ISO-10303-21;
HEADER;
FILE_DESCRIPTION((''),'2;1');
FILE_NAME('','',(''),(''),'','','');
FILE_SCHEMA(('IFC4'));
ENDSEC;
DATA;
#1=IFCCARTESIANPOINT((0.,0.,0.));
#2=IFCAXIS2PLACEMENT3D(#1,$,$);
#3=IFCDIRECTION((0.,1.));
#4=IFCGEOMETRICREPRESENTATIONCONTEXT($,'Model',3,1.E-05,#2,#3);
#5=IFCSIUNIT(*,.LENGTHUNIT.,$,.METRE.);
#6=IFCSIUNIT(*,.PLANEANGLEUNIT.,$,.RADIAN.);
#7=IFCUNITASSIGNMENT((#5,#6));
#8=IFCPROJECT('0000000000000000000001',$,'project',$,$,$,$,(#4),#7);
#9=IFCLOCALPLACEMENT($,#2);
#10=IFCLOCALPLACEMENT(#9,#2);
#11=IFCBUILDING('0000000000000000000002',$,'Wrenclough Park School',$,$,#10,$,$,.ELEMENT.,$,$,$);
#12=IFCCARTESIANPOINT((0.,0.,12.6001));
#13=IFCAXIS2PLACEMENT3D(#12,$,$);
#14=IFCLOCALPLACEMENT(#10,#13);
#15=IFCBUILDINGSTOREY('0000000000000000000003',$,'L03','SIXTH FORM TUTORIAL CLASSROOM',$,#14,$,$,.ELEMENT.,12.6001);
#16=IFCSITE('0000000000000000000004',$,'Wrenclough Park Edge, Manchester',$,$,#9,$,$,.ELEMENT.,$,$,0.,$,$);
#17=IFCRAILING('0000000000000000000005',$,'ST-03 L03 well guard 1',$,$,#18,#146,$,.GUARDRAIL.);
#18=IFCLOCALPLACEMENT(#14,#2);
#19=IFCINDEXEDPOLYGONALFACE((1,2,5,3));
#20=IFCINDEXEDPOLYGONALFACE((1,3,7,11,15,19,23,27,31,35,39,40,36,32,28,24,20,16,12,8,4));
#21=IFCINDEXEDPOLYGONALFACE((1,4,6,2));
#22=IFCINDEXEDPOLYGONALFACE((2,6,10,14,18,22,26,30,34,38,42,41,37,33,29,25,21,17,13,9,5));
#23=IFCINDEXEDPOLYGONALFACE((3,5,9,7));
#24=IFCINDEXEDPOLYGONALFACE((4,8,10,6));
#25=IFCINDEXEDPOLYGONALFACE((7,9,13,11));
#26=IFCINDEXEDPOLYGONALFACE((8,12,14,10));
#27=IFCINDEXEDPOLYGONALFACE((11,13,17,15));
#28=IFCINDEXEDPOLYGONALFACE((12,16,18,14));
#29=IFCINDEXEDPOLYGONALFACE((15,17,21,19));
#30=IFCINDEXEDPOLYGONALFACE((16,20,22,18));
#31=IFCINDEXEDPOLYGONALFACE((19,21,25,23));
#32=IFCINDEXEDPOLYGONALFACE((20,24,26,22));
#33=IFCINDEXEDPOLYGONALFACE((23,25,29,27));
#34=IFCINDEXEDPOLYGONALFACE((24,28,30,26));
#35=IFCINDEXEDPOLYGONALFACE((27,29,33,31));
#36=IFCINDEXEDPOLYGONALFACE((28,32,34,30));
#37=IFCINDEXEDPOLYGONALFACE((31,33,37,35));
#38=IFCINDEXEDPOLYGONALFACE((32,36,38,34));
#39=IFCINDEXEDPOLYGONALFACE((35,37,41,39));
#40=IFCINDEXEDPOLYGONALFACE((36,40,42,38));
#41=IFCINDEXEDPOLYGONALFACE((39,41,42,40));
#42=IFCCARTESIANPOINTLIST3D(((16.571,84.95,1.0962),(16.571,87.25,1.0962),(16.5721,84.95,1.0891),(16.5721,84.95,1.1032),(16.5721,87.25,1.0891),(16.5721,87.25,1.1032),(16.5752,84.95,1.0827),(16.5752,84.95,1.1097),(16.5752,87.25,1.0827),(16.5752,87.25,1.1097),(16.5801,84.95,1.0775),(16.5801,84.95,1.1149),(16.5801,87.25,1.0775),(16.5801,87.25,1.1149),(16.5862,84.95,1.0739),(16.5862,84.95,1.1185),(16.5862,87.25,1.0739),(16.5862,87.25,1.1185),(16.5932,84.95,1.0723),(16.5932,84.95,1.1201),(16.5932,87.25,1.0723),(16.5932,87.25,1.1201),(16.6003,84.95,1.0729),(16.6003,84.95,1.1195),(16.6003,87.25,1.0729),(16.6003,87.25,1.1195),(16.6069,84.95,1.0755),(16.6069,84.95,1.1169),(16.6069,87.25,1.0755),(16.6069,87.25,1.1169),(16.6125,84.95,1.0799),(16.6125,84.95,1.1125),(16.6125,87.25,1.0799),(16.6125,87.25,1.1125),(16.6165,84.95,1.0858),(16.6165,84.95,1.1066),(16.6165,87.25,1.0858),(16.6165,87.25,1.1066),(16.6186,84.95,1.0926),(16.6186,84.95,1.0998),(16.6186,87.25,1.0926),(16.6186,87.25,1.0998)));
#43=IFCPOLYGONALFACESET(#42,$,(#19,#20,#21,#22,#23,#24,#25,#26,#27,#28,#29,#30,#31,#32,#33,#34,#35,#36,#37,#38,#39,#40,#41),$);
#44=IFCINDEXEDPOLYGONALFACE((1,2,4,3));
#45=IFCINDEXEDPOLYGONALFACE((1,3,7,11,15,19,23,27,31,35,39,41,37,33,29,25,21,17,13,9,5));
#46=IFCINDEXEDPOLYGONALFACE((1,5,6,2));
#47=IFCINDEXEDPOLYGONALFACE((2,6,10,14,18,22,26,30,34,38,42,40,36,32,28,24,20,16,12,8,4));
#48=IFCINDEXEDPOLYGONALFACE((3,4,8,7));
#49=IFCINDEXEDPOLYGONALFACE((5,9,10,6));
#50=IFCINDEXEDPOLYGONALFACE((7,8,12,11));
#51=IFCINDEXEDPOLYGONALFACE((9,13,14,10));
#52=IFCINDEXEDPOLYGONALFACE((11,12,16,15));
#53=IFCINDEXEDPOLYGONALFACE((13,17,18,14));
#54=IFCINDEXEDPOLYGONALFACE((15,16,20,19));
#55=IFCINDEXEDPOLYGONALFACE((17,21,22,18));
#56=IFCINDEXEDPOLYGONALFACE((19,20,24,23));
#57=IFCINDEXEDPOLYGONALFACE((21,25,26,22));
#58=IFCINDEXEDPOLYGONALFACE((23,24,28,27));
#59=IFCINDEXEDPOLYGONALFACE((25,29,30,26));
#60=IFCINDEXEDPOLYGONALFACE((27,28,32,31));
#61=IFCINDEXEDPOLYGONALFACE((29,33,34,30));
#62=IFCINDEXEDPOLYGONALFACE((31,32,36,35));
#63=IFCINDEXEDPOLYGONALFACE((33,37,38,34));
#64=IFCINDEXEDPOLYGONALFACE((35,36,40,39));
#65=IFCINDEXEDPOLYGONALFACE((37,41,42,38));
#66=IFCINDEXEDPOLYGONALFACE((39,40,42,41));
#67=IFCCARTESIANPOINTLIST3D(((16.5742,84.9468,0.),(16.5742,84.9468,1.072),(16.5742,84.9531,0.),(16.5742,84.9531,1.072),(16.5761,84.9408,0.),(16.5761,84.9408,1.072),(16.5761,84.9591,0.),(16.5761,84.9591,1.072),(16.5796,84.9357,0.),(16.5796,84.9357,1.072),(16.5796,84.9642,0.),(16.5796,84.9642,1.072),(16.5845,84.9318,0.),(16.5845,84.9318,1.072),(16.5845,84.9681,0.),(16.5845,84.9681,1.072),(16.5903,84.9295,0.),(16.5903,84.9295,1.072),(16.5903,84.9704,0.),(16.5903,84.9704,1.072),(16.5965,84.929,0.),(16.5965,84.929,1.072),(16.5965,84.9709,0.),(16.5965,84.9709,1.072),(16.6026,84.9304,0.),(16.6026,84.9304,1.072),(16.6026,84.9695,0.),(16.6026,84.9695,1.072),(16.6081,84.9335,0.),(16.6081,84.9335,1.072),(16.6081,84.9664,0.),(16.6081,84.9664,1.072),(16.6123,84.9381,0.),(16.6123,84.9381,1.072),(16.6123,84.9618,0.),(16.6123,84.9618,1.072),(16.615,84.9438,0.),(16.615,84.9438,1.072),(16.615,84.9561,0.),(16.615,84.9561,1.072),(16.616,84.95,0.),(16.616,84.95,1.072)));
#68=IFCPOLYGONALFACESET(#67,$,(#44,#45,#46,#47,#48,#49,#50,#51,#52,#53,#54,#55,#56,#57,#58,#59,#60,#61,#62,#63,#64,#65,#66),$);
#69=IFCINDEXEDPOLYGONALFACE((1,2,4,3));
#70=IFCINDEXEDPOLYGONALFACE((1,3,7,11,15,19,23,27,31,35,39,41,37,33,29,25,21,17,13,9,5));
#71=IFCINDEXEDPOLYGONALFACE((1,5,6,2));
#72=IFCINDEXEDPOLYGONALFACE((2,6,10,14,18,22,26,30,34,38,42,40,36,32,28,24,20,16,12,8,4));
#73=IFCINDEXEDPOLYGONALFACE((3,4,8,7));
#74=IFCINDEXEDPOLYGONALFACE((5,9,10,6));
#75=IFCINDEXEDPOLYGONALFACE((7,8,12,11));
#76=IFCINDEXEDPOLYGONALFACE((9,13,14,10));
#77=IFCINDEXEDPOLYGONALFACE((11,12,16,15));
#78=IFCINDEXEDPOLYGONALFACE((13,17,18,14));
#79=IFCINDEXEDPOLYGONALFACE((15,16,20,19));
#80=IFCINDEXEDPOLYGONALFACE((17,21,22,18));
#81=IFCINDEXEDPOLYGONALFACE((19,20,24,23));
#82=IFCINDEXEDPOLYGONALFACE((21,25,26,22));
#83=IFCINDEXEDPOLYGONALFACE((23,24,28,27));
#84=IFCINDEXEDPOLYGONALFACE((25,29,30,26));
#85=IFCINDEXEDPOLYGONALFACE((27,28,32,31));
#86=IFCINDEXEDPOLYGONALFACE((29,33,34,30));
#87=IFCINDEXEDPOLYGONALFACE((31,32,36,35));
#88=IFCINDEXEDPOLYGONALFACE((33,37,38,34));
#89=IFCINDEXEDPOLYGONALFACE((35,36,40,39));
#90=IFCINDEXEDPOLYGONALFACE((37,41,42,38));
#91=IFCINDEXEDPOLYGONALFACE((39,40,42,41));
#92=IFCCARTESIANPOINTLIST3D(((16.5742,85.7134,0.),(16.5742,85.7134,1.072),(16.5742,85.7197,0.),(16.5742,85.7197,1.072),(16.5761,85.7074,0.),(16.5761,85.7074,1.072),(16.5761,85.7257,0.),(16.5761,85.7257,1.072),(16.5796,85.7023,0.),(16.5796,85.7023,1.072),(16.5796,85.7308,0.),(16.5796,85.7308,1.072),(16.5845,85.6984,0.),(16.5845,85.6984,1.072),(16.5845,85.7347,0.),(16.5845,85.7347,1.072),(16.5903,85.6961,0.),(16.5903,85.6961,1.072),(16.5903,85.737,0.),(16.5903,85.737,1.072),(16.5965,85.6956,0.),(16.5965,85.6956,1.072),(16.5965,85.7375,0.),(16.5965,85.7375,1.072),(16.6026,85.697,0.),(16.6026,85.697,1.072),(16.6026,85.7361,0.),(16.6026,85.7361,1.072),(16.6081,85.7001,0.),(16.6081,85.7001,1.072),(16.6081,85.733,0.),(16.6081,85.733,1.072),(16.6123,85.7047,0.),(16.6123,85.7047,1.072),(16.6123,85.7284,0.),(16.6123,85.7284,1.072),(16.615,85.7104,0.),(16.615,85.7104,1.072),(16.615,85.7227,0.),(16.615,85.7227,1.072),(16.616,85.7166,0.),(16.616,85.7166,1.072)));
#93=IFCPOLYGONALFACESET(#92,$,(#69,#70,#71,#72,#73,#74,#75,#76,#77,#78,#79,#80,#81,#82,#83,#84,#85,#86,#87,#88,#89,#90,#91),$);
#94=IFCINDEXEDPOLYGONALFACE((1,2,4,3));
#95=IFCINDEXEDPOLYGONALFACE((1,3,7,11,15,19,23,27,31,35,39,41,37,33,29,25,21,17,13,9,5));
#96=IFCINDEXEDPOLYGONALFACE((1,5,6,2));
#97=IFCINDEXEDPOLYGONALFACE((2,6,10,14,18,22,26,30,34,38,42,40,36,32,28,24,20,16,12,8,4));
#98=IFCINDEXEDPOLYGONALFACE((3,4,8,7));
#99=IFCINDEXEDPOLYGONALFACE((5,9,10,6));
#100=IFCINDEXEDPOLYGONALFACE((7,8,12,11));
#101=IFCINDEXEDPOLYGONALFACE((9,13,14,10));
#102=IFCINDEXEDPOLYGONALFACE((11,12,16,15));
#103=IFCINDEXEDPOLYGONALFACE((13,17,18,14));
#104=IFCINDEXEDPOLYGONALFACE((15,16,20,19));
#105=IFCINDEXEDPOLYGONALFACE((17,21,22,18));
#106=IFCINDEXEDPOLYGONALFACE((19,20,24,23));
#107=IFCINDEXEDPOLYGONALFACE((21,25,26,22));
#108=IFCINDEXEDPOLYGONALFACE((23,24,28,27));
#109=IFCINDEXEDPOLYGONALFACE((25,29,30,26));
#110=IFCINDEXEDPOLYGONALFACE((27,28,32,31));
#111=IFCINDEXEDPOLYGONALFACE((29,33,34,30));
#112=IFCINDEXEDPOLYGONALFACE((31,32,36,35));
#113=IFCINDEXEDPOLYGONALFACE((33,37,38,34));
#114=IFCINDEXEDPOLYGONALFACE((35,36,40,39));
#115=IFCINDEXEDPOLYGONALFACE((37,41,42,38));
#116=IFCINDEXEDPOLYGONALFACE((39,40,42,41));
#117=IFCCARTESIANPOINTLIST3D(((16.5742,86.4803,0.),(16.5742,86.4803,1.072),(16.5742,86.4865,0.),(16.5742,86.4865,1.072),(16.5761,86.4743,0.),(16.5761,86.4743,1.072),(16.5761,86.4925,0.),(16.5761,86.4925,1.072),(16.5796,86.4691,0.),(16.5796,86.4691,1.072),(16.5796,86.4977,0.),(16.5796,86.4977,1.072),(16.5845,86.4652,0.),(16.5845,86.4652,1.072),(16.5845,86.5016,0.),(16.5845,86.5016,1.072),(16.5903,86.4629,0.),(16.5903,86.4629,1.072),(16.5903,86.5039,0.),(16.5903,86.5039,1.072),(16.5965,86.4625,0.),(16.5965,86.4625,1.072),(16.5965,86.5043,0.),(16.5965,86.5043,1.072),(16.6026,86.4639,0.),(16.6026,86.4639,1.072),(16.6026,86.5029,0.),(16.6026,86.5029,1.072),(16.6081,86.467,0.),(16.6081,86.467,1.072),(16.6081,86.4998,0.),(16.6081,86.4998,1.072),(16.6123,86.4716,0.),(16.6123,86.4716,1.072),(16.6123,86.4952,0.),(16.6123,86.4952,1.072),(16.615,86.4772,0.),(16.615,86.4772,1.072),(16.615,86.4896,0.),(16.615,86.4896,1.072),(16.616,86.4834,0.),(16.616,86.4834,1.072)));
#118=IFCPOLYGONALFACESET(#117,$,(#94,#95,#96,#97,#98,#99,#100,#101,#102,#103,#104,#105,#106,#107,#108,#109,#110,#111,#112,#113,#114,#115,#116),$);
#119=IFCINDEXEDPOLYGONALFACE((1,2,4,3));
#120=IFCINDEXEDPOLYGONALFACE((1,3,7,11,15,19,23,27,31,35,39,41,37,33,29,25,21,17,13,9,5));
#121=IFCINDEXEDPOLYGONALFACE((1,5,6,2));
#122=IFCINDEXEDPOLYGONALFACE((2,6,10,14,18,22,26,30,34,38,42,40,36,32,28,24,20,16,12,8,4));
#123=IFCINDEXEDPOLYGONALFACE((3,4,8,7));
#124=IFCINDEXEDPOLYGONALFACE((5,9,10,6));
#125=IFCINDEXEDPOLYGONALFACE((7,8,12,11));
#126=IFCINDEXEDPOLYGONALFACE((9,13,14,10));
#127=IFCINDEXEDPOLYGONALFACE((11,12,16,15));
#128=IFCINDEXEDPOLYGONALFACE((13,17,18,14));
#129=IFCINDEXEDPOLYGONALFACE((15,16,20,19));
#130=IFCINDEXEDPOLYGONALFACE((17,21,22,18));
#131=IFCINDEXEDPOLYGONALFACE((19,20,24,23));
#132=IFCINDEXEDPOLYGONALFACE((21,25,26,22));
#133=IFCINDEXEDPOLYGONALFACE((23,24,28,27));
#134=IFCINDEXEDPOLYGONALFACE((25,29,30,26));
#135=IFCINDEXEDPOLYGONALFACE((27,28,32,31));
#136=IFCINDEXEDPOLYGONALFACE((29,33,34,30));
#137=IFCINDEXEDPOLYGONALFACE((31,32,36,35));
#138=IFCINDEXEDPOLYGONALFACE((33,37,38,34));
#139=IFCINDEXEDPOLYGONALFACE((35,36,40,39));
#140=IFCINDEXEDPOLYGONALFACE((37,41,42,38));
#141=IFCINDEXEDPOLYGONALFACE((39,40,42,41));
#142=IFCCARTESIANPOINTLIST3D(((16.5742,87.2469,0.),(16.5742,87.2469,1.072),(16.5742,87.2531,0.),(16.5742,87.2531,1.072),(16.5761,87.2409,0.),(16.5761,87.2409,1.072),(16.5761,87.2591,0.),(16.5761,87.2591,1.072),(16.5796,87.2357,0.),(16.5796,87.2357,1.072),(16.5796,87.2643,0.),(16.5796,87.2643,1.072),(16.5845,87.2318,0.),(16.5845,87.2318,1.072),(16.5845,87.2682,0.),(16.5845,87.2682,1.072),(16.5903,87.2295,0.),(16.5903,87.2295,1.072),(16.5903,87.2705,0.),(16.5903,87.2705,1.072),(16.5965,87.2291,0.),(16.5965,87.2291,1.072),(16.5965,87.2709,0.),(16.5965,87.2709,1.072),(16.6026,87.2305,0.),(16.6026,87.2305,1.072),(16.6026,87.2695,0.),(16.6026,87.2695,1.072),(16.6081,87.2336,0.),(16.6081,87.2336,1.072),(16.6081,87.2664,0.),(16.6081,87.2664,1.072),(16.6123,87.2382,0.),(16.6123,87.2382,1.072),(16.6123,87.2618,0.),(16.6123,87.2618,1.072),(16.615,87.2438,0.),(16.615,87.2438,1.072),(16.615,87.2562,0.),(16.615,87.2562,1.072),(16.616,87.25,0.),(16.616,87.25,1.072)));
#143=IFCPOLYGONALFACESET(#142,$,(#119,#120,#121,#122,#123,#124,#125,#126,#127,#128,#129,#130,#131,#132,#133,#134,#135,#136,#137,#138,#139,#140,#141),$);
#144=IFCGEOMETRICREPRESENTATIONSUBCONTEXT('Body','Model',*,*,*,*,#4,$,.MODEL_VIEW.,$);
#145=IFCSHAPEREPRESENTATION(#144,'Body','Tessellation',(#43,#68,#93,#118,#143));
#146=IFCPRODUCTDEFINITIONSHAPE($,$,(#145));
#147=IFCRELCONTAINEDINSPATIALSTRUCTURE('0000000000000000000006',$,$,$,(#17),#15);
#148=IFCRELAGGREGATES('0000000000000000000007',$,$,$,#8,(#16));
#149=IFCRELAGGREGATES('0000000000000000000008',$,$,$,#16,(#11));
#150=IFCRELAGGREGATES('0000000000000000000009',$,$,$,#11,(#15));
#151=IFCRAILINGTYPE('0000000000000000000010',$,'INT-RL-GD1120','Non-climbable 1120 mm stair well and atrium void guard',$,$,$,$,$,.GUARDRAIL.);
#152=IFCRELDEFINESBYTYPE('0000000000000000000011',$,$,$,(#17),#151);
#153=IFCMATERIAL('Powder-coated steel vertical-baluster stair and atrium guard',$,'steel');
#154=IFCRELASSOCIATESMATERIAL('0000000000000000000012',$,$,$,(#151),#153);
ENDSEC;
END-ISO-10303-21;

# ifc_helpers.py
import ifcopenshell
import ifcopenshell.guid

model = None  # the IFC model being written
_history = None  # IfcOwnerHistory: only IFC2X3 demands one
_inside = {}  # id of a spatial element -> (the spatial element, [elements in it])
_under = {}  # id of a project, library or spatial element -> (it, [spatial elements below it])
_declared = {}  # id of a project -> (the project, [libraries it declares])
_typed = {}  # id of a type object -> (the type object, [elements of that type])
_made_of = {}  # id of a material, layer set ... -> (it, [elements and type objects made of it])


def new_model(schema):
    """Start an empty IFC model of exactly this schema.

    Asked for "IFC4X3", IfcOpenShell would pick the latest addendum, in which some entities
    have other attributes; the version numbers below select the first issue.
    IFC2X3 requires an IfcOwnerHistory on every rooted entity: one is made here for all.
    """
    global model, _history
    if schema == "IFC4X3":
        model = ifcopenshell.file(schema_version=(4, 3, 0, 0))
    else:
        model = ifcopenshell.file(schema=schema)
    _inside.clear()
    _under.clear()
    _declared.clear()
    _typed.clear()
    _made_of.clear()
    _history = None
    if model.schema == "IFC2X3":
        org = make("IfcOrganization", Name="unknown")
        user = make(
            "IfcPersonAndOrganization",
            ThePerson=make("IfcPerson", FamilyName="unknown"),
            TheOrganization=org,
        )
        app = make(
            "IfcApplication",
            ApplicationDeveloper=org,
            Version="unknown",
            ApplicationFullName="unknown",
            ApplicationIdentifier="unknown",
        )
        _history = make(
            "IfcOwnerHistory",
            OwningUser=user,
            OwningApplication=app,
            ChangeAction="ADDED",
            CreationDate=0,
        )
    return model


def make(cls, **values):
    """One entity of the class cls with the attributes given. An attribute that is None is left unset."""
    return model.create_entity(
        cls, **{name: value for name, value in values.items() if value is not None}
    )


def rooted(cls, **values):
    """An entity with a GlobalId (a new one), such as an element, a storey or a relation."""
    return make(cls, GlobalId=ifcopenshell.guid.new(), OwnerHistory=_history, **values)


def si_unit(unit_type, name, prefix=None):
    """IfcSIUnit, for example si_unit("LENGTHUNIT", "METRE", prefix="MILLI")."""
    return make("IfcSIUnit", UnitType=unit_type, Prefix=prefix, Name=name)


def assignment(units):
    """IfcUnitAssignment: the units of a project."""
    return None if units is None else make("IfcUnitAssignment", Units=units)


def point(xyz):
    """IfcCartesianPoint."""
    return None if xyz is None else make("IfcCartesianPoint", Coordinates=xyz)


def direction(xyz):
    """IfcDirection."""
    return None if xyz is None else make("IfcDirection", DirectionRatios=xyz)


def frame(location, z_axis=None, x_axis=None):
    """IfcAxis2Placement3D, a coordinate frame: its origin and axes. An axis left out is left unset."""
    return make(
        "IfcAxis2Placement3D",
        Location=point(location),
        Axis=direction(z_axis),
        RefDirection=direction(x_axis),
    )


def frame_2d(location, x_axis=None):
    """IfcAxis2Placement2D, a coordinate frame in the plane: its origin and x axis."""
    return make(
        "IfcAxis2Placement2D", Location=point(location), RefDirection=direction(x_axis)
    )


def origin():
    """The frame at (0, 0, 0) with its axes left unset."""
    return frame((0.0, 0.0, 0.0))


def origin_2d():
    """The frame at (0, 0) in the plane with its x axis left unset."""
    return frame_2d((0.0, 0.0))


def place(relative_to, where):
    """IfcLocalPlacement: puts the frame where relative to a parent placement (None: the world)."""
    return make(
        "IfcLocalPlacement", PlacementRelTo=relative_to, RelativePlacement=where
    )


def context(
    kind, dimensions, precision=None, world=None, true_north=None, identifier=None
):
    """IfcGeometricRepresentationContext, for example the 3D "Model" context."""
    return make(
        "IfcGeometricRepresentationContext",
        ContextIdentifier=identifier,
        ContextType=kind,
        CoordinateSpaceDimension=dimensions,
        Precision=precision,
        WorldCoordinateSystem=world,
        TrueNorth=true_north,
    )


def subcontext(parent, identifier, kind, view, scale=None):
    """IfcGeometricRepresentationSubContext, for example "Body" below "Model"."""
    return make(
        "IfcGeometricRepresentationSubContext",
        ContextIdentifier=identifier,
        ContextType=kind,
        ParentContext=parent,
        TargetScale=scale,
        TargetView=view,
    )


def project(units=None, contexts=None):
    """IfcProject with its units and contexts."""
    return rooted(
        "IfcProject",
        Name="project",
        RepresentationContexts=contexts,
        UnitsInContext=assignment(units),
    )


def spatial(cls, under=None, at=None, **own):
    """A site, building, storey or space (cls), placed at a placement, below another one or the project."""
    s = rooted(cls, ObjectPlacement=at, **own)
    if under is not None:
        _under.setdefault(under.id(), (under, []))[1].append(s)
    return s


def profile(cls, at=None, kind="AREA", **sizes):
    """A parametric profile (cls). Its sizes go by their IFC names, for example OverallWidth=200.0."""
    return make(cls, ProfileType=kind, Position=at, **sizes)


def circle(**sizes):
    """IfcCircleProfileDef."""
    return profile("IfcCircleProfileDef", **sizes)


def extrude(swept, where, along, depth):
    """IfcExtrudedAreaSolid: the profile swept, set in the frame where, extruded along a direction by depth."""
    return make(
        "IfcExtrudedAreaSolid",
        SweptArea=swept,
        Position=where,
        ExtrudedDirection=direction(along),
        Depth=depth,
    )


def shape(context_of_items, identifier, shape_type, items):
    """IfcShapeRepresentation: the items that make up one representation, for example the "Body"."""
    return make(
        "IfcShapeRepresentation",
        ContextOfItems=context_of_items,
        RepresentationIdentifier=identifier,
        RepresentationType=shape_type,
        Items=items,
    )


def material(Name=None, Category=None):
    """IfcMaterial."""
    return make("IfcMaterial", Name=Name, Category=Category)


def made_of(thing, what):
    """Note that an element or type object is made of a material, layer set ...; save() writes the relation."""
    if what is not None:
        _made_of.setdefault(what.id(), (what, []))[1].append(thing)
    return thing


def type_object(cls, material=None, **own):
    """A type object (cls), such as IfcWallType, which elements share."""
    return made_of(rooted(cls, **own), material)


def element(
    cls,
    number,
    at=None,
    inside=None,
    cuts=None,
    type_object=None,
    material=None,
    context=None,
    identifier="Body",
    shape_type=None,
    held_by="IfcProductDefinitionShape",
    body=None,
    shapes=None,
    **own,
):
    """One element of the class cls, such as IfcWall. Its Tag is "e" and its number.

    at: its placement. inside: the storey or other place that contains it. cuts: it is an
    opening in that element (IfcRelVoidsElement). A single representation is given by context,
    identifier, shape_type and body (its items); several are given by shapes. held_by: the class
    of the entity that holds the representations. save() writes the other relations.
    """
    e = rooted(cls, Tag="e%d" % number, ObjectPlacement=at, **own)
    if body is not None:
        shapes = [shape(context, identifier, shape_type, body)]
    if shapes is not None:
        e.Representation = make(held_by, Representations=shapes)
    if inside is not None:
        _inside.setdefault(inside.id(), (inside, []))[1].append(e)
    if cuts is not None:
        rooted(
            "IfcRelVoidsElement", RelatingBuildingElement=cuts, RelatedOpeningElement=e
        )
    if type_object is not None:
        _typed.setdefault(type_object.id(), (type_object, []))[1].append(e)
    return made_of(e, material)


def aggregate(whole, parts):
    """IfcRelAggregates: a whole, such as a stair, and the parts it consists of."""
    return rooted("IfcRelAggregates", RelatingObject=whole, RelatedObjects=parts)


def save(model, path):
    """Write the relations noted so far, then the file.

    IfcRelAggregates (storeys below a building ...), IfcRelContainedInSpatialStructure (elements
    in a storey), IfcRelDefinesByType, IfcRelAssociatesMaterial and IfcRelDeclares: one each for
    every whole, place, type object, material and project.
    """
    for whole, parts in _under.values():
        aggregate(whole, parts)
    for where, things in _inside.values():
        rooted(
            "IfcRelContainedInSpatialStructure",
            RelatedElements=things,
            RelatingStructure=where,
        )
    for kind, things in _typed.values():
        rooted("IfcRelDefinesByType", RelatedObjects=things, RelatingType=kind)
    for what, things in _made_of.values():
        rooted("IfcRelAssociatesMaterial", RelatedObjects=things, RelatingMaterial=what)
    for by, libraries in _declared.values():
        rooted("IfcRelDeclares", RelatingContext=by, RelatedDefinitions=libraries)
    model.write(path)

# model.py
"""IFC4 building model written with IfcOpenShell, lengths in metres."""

from ifc_helpers import new_model, si_unit, direction, frame, origin, origin_2d, place, context, subcontext, project, spatial, circle, extrude, material, type_object, element, save


model = new_model("IFC4")

# Units and contexts
model_context = context("Model", 3, precision=1e-05, world=origin(), true_north=direction((0.0, 1.0)))
body_context = subcontext(model_context, "Body", "Model", "MODEL_VIEW")
ifc_project = project(units=[si_unit("LENGTHUNIT", "METRE"), si_unit("PLANEANGLEUNIT", "RADIAN")], contexts=[model_context])

# Site, building, storey
site_placement = place(None, origin())
site = spatial("IfcSite", under=ifc_project, at=site_placement, Name="Wrenclough Park Edge, Manchester", CompositionType="ELEMENT", RefElevation=0.0)
building_placement = place(site_placement, origin())
building = spatial("IfcBuilding", under=site, at=building_placement, Name="Wrenclough Park School", CompositionType="ELEMENT")
storey_placement = place(building_placement, frame((0.0, 0.0, 12.6001)))
storey = spatial("IfcBuildingStorey", under=building, at=storey_placement, Name="L03", Description="SIXTH FORM TUTORIAL CLASSROOM", CompositionType="ELEMENT", Elevation=12.6001)

# Railing
ifc_material_1 = material(Name="Powder-coated steel vertical-baluster stair and atrium guard", Category="steel")
railing_type_1 = type_object("IfcRailingType", Name="INT-RL-GD1120", Description="Non-climbable 1120 mm stair well and atrium void guard", PredefinedType="GUARDRAIL", material=ifc_material_1)
railing_1_placement = place(storey_placement, frame((16.595, 84.95, 0.0)))
element("IfcRailing", 1, at=railing_1_placement, inside=storey, type_object=railing_type_1, Name="ST-03 L03 well guard 1", PredefinedType="GUARDRAIL", context=body_context, shape_type="SweptSolid", body=[
    extrude(circle(Radius=0.0239, at=origin_2d()), frame((0.0, 0.0, 1.0962), z_axis=(0.0, 1.0, 0.0), x_axis=(-1.0, 0.0, 0.0)), (0.0, 0.0, 1.0), 2.3),
    extrude(circle(Radius=0.021, at=origin_2d()), origin(), (0.0, 0.0, 1.0), 1.072),
    extrude(circle(Radius=0.021, at=origin_2d()), frame((0.0, 0.7666, 0.0)), (0.0, 0.0, 1.0), 1.072),
    extrude(circle(Radius=0.021, at=origin_2d()), frame((0.0, 1.5334, 0.0)), (0.0, 0.0, 1.0), 1.072),
    extrude(circle(Radius=0.021, at=origin_2d()), frame((0.0, 2.3, 0.0)), (0.0, 0.0, 1.0), 1.072),
])

save(model, "model.ifc")
